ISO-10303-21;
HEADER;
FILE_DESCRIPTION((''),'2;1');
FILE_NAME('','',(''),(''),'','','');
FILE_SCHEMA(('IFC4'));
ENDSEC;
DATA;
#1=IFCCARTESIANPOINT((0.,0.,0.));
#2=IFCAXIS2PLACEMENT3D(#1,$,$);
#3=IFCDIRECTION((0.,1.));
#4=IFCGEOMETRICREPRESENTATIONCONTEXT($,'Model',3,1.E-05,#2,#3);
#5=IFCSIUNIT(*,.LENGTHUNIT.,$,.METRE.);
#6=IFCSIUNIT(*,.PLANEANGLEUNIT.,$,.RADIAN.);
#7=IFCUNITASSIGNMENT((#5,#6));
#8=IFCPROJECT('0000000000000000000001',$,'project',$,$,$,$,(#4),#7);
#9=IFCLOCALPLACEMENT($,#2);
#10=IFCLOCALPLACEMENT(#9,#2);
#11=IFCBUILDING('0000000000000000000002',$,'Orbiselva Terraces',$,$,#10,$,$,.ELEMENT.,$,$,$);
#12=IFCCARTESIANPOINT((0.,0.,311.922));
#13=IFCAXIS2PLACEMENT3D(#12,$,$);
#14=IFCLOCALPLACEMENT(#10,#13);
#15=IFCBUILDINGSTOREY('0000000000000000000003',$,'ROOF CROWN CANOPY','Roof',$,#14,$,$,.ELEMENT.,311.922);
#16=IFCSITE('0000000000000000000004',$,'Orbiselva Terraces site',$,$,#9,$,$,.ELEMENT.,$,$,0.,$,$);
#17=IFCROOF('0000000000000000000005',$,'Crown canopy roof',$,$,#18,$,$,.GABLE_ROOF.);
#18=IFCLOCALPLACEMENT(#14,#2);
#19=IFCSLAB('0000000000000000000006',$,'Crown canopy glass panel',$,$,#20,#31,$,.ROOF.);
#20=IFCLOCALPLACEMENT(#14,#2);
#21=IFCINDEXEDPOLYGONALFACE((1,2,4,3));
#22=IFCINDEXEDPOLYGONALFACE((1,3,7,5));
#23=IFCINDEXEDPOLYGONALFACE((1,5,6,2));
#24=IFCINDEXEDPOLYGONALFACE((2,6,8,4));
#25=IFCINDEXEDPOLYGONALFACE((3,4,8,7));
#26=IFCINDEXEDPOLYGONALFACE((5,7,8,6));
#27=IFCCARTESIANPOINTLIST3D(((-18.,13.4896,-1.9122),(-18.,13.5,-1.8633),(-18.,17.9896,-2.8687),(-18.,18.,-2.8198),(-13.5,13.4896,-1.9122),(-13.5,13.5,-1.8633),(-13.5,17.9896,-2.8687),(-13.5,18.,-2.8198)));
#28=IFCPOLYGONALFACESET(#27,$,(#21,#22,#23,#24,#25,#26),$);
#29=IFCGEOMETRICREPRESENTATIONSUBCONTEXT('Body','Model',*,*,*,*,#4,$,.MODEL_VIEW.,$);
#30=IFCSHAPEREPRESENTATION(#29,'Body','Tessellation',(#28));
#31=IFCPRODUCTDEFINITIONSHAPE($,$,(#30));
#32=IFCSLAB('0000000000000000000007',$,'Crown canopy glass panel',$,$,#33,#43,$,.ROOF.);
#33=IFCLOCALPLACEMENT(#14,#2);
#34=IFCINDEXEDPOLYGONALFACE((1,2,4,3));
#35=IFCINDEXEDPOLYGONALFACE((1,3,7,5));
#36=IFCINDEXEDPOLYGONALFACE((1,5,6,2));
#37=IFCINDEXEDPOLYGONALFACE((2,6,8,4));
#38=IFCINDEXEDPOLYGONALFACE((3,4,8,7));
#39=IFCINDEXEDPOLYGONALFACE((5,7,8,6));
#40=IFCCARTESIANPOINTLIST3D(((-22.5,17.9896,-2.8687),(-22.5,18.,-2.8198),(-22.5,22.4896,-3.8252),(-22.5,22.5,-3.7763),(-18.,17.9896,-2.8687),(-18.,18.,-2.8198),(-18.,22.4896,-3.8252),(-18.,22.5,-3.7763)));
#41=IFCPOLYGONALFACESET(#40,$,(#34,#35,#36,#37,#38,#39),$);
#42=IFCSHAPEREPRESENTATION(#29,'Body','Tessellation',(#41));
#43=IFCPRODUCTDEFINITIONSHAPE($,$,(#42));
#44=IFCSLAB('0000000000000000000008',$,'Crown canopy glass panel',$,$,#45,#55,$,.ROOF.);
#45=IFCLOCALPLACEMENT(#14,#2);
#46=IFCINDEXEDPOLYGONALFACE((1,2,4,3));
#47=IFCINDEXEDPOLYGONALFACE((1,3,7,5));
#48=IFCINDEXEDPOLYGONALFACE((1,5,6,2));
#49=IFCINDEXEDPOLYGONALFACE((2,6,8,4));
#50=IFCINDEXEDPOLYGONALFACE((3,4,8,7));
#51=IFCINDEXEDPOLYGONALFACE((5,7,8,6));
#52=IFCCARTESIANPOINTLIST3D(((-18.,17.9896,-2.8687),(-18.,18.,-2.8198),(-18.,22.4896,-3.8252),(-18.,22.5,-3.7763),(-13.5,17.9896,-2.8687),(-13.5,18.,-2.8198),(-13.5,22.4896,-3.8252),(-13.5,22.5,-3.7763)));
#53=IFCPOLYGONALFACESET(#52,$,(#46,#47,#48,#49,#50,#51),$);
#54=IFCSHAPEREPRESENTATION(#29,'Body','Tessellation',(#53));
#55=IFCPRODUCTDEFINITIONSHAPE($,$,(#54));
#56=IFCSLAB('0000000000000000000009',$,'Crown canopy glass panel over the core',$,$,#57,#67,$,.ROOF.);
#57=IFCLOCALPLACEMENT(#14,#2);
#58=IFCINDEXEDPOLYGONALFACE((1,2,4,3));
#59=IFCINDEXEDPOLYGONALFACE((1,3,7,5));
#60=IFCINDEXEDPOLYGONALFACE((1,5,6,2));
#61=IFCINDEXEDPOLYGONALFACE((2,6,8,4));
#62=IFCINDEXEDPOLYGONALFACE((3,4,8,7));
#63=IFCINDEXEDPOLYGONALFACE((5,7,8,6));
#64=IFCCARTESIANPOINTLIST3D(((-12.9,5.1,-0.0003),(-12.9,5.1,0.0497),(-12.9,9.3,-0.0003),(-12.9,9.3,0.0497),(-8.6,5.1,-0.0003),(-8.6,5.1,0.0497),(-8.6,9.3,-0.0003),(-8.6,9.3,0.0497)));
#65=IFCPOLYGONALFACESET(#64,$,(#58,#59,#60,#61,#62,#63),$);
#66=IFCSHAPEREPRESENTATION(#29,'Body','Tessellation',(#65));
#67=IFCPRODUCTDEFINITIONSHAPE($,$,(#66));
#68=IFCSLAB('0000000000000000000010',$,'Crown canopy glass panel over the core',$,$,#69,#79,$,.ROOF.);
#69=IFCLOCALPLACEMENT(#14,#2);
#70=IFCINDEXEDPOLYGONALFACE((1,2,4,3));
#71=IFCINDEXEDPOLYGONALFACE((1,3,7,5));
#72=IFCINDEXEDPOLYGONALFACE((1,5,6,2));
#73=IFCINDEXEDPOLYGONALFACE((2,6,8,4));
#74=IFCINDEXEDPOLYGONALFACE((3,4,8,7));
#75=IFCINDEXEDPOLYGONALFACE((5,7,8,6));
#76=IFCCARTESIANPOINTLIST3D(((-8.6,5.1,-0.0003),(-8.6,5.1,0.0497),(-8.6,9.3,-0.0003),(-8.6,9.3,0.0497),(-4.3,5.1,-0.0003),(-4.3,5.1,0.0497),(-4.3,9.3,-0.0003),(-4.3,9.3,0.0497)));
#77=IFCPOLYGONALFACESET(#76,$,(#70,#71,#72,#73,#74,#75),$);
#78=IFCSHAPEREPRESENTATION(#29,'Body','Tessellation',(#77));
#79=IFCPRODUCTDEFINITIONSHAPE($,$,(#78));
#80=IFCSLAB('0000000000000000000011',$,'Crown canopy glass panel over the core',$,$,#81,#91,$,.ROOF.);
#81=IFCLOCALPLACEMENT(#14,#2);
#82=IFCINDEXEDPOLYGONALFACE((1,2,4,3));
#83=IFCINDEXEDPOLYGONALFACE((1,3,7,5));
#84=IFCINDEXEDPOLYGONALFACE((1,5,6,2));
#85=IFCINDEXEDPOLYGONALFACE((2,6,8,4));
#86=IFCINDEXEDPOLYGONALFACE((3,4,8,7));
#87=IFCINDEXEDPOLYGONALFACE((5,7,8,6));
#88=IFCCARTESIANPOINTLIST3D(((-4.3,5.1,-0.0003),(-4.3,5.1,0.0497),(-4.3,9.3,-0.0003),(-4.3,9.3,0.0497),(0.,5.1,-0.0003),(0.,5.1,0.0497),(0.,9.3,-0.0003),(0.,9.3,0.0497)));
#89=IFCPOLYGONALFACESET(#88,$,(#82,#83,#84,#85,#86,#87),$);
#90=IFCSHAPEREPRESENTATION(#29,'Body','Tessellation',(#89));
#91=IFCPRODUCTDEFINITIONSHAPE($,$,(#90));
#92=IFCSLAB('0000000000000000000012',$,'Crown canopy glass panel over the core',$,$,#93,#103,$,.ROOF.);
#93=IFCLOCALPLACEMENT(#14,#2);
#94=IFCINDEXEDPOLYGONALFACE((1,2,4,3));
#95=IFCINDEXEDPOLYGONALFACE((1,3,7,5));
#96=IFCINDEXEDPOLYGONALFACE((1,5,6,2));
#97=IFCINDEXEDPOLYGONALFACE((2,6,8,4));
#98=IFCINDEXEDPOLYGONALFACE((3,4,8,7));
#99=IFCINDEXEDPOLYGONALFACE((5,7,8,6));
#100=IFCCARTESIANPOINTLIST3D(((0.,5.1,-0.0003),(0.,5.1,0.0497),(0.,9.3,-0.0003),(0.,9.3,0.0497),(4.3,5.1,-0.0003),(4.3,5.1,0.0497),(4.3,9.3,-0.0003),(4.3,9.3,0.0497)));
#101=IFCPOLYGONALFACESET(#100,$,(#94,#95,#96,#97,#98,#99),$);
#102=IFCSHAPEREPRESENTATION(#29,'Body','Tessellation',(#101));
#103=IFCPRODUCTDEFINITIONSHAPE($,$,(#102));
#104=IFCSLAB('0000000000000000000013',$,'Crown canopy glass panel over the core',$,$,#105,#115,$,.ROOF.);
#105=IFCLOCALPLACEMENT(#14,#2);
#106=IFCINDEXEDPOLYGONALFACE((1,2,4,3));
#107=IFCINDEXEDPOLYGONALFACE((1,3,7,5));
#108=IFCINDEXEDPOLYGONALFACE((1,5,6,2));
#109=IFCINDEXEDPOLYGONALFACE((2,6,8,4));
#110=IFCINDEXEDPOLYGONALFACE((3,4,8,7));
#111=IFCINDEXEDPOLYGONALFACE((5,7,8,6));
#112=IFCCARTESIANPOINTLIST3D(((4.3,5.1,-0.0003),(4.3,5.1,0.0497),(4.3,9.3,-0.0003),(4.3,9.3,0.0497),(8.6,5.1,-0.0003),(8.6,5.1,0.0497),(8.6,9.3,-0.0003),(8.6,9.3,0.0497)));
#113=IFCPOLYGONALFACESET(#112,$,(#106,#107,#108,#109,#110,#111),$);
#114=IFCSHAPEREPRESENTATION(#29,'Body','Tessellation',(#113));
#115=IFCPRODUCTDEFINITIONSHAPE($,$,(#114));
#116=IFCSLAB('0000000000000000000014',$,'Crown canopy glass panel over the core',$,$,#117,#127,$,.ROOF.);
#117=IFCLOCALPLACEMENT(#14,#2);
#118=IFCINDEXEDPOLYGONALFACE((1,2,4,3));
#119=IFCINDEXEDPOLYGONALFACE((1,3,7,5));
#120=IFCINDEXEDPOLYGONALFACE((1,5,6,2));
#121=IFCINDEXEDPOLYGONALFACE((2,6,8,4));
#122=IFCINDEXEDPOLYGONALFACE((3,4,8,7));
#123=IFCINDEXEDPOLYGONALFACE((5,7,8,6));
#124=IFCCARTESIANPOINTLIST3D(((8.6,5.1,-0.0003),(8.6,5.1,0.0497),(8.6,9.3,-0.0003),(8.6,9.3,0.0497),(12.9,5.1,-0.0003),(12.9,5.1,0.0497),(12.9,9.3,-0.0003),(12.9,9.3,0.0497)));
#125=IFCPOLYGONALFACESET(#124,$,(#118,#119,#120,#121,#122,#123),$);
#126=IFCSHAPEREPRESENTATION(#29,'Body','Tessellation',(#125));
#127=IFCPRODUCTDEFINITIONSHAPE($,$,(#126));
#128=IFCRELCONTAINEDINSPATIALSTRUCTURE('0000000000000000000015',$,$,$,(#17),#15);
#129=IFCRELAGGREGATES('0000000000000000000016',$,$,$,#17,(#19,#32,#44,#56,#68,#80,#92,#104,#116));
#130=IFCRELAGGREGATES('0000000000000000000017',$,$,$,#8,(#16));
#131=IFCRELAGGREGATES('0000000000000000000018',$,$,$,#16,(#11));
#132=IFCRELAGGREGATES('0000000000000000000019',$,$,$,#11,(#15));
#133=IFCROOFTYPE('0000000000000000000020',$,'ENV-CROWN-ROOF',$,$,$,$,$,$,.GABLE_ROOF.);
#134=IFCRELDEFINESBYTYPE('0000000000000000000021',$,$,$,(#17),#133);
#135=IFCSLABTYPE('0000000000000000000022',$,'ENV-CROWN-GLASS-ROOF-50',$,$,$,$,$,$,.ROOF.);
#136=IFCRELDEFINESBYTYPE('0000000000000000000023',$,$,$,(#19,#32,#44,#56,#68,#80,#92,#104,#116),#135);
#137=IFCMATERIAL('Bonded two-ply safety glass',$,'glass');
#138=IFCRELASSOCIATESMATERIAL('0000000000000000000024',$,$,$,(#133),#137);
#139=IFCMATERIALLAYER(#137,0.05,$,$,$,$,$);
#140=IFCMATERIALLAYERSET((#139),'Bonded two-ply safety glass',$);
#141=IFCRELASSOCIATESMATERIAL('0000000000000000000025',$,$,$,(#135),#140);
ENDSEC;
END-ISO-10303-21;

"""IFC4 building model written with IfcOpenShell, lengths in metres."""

from ifc_helpers import new_model, si_unit, direction, frame, origin, place, context, subcontext, project, spatial, polyline, outline, extrude, material, layer, layer_set, type_object, element, aggregate, save


model = new_model("IFC4")

# Units and contexts
model_context = context("Model", 3, precision=1e-05, world=origin(), true_north=direction((0.0, 1.0)))
body_context = subcontext(model_context, "Body", "Model", "MODEL_VIEW")
ifc_project = project(units=[si_unit("LENGTHUNIT", "METRE"), si_unit("PLANEANGLEUNIT", "RADIAN")], contexts=[model_context])

# Site, building, storey
site_placement = place(None, origin())
site = spatial("IfcSite", under=ifc_project, at=site_placement, Name="Orbiselva Terraces site", CompositionType="ELEMENT", RefElevation=0.0)
building_placement = place(site_placement, origin())
building = spatial("IfcBuilding", under=site, at=building_placement, Name="Orbiselva Terraces", CompositionType="ELEMENT")
storey_placement = place(building_placement, frame((0.0, 0.0, 311.922)))
storey = spatial("IfcBuildingStorey", under=building, at=storey_placement, Name="ROOF CROWN CANOPY", Description="Roof", CompositionType="ELEMENT", Elevation=311.922)

# Roof, slabs
ifc_material_1 = material(Name="Bonded two-ply safety glass", Category="glass")
roof_type = type_object("IfcRoofType", Name="ENV-CROWN-ROOF", PredefinedType="GABLE_ROOF", material=ifc_material_1)
roof_placement = place(storey_placement, origin())
roof = element("IfcRoof", 1, at=roof_placement, inside=storey, type_object=roof_type, Name="Crown canopy roof", PredefinedType="GABLE_ROOF")
ifc_layer = layer(ifc_material_1, 0.05)
ifc_layer_set = layer_set([ifc_layer], Name="Bonded two-ply safety glass")
slab_type = type_object("IfcSlabType", Name="ENV-CROWN-GLASS-ROOF-50", PredefinedType="ROOF", material=ifc_layer_set)
slab_1_placement = place(storey_placement, frame((-18.0, 13.5, -1.8633), z_axis=(0.0, 0.207912, 0.978148), x_axis=(1.0, 0.0, 0.0)))
slab_1 = element("IfcSlab", 2, at=slab_1_placement, type_object=slab_type, Name="Crown canopy glass panel", PredefinedType="ROOF", context=body_context, shape_type="SweptSolid", body=[
    extrude(outline(polyline([(0.0, 0.0), (4.5, 0.0), (4.5, 4.6005), (0.0, 4.6005), (0.0, 0.0)])), origin(), (0.0, 0.0, -1.0), 0.05),
])
slab_2_placement = place(storey_placement, frame((-22.5, 18.0, -2.8198), z_axis=(0.0, 0.207912, 0.978148), x_axis=(1.0, 0.0, 0.0)))
slab_2 = element("IfcSlab", 3, at=slab_2_placement, type_object=slab_type, Name="Crown canopy glass panel", PredefinedType="ROOF", context=body_context, shape_type="SweptSolid", body=[
    extrude(outline(polyline([(0.0, 0.0), (4.5, 0.0), (4.5, 4.6005), (0.0, 4.6005), (0.0, 0.0)])), origin(), (0.0, 0.0, -1.0), 0.05),
])
slab_3_placement = place(storey_placement, frame((-18.0, 18.0, -2.8198), z_axis=(0.0, 0.207912, 0.978148), x_axis=(1.0, 0.0, 0.0)))
slab_3 = element("IfcSlab", 4, at=slab_3_placement, type_object=slab_type, Name="Crown canopy glass panel", PredefinedType="ROOF", context=body_context, shape_type="SweptSolid", body=[
    extrude(outline(polyline([(0.0, 0.0), (4.5, 0.0), (4.5, 4.6005), (0.0, 4.6005), (0.0, 0.0)])), origin(), (0.0, 0.0, -1.0), 0.05),
])
slab_4_placement = place(storey_placement, frame((0.0, 0.0, -0.0003)))
slab_4 = element("IfcSlab", 5, at=slab_4_placement, type_object=slab_type, Name="Crown canopy glass panel over the core", PredefinedType="ROOF", context=body_context, shape_type="SweptSolid", body=[
    extrude(outline(polyline([(-12.9, 5.1), (-8.6, 5.1), (-8.6, 9.3), (-12.9, 9.3), (-12.9, 5.1)])), origin(), (0.0, 0.0, 1.0), 0.05),
])
slab_5_placement = place(storey_placement, frame((0.0, 0.0, -0.0003)))
slab_5 = element("IfcSlab", 6, at=slab_5_placement, type_object=slab_type, Name="Crown canopy glass panel over the core", PredefinedType="ROOF", context=body_context, shape_type="SweptSolid", body=[
    extrude(outline(polyline([(-8.6, 5.1), (-4.3, 5.1), (-4.3, 9.3), (-8.6, 9.3), (-8.6, 5.1)])), origin(), (0.0, 0.0, 1.0), 0.05),
])
slab_6_placement = place(storey_placement, frame((0.0, 0.0, -0.0003)))
slab_6 = element("IfcSlab", 7, at=slab_6_placement, type_object=slab_type, Name="Crown canopy glass panel over the core", PredefinedType="ROOF", context=body_context, shape_type="SweptSolid", body=[
    extrude(outline(polyline([(-4.3, 5.1), (0.0, 5.1), (0.0, 9.3), (-4.3, 9.3), (-4.3, 5.1)])), origin(), (0.0, 0.0, 1.0), 0.05),
])
slab_7_placement = place(storey_placement, frame((0.0, 0.0, -0.0003)))
slab_7 = element("IfcSlab", 8, at=slab_7_placement, type_object=slab_type, Name="Crown canopy glass panel over the core", PredefinedType="ROOF", context=body_context, shape_type="SweptSolid", body=[
    extrude(outline(polyline([(0.0, 5.1), (4.3, 5.1), (4.3, 9.3), (0.0, 9.3), (0.0, 5.1)])), origin(), (0.0, 0.0, 1.0), 0.05),
])
slab_8_placement = place(storey_placement, frame((0.0, 0.0, -0.0003)))
slab_8 = element("IfcSlab", 9, at=slab_8_placement, type_object=slab_type, Name="Crown canopy glass panel over the core", PredefinedType="ROOF", context=body_context, shape_type="SweptSolid", body=[
    extrude(outline(polyline([(4.3, 5.1), (8.6, 5.1), (8.6, 9.3), (4.3, 9.3), (4.3, 5.1)])), origin(), (0.0, 0.0, 1.0), 0.05),
])
slab_9_placement = place(storey_placement, frame((0.0, 0.0, -0.0003)))
slab_9 = element("IfcSlab", 10, at=slab_9_placement, type_object=slab_type, Name="Crown canopy glass panel over the core", PredefinedType="ROOF", context=body_context, shape_type="SweptSolid", body=[
    extrude(outline(polyline([(8.6, 5.1), (12.9, 5.1), (12.9, 9.3), (8.6, 9.3), (8.6, 5.1)])), origin(), (0.0, 0.0, 1.0), 0.05),
])
aggregate(roof, [slab_1, slab_2, slab_3, slab_4, slab_5, slab_6, slab_7, slab_8, slab_9])

save(model, "model.ifc")
